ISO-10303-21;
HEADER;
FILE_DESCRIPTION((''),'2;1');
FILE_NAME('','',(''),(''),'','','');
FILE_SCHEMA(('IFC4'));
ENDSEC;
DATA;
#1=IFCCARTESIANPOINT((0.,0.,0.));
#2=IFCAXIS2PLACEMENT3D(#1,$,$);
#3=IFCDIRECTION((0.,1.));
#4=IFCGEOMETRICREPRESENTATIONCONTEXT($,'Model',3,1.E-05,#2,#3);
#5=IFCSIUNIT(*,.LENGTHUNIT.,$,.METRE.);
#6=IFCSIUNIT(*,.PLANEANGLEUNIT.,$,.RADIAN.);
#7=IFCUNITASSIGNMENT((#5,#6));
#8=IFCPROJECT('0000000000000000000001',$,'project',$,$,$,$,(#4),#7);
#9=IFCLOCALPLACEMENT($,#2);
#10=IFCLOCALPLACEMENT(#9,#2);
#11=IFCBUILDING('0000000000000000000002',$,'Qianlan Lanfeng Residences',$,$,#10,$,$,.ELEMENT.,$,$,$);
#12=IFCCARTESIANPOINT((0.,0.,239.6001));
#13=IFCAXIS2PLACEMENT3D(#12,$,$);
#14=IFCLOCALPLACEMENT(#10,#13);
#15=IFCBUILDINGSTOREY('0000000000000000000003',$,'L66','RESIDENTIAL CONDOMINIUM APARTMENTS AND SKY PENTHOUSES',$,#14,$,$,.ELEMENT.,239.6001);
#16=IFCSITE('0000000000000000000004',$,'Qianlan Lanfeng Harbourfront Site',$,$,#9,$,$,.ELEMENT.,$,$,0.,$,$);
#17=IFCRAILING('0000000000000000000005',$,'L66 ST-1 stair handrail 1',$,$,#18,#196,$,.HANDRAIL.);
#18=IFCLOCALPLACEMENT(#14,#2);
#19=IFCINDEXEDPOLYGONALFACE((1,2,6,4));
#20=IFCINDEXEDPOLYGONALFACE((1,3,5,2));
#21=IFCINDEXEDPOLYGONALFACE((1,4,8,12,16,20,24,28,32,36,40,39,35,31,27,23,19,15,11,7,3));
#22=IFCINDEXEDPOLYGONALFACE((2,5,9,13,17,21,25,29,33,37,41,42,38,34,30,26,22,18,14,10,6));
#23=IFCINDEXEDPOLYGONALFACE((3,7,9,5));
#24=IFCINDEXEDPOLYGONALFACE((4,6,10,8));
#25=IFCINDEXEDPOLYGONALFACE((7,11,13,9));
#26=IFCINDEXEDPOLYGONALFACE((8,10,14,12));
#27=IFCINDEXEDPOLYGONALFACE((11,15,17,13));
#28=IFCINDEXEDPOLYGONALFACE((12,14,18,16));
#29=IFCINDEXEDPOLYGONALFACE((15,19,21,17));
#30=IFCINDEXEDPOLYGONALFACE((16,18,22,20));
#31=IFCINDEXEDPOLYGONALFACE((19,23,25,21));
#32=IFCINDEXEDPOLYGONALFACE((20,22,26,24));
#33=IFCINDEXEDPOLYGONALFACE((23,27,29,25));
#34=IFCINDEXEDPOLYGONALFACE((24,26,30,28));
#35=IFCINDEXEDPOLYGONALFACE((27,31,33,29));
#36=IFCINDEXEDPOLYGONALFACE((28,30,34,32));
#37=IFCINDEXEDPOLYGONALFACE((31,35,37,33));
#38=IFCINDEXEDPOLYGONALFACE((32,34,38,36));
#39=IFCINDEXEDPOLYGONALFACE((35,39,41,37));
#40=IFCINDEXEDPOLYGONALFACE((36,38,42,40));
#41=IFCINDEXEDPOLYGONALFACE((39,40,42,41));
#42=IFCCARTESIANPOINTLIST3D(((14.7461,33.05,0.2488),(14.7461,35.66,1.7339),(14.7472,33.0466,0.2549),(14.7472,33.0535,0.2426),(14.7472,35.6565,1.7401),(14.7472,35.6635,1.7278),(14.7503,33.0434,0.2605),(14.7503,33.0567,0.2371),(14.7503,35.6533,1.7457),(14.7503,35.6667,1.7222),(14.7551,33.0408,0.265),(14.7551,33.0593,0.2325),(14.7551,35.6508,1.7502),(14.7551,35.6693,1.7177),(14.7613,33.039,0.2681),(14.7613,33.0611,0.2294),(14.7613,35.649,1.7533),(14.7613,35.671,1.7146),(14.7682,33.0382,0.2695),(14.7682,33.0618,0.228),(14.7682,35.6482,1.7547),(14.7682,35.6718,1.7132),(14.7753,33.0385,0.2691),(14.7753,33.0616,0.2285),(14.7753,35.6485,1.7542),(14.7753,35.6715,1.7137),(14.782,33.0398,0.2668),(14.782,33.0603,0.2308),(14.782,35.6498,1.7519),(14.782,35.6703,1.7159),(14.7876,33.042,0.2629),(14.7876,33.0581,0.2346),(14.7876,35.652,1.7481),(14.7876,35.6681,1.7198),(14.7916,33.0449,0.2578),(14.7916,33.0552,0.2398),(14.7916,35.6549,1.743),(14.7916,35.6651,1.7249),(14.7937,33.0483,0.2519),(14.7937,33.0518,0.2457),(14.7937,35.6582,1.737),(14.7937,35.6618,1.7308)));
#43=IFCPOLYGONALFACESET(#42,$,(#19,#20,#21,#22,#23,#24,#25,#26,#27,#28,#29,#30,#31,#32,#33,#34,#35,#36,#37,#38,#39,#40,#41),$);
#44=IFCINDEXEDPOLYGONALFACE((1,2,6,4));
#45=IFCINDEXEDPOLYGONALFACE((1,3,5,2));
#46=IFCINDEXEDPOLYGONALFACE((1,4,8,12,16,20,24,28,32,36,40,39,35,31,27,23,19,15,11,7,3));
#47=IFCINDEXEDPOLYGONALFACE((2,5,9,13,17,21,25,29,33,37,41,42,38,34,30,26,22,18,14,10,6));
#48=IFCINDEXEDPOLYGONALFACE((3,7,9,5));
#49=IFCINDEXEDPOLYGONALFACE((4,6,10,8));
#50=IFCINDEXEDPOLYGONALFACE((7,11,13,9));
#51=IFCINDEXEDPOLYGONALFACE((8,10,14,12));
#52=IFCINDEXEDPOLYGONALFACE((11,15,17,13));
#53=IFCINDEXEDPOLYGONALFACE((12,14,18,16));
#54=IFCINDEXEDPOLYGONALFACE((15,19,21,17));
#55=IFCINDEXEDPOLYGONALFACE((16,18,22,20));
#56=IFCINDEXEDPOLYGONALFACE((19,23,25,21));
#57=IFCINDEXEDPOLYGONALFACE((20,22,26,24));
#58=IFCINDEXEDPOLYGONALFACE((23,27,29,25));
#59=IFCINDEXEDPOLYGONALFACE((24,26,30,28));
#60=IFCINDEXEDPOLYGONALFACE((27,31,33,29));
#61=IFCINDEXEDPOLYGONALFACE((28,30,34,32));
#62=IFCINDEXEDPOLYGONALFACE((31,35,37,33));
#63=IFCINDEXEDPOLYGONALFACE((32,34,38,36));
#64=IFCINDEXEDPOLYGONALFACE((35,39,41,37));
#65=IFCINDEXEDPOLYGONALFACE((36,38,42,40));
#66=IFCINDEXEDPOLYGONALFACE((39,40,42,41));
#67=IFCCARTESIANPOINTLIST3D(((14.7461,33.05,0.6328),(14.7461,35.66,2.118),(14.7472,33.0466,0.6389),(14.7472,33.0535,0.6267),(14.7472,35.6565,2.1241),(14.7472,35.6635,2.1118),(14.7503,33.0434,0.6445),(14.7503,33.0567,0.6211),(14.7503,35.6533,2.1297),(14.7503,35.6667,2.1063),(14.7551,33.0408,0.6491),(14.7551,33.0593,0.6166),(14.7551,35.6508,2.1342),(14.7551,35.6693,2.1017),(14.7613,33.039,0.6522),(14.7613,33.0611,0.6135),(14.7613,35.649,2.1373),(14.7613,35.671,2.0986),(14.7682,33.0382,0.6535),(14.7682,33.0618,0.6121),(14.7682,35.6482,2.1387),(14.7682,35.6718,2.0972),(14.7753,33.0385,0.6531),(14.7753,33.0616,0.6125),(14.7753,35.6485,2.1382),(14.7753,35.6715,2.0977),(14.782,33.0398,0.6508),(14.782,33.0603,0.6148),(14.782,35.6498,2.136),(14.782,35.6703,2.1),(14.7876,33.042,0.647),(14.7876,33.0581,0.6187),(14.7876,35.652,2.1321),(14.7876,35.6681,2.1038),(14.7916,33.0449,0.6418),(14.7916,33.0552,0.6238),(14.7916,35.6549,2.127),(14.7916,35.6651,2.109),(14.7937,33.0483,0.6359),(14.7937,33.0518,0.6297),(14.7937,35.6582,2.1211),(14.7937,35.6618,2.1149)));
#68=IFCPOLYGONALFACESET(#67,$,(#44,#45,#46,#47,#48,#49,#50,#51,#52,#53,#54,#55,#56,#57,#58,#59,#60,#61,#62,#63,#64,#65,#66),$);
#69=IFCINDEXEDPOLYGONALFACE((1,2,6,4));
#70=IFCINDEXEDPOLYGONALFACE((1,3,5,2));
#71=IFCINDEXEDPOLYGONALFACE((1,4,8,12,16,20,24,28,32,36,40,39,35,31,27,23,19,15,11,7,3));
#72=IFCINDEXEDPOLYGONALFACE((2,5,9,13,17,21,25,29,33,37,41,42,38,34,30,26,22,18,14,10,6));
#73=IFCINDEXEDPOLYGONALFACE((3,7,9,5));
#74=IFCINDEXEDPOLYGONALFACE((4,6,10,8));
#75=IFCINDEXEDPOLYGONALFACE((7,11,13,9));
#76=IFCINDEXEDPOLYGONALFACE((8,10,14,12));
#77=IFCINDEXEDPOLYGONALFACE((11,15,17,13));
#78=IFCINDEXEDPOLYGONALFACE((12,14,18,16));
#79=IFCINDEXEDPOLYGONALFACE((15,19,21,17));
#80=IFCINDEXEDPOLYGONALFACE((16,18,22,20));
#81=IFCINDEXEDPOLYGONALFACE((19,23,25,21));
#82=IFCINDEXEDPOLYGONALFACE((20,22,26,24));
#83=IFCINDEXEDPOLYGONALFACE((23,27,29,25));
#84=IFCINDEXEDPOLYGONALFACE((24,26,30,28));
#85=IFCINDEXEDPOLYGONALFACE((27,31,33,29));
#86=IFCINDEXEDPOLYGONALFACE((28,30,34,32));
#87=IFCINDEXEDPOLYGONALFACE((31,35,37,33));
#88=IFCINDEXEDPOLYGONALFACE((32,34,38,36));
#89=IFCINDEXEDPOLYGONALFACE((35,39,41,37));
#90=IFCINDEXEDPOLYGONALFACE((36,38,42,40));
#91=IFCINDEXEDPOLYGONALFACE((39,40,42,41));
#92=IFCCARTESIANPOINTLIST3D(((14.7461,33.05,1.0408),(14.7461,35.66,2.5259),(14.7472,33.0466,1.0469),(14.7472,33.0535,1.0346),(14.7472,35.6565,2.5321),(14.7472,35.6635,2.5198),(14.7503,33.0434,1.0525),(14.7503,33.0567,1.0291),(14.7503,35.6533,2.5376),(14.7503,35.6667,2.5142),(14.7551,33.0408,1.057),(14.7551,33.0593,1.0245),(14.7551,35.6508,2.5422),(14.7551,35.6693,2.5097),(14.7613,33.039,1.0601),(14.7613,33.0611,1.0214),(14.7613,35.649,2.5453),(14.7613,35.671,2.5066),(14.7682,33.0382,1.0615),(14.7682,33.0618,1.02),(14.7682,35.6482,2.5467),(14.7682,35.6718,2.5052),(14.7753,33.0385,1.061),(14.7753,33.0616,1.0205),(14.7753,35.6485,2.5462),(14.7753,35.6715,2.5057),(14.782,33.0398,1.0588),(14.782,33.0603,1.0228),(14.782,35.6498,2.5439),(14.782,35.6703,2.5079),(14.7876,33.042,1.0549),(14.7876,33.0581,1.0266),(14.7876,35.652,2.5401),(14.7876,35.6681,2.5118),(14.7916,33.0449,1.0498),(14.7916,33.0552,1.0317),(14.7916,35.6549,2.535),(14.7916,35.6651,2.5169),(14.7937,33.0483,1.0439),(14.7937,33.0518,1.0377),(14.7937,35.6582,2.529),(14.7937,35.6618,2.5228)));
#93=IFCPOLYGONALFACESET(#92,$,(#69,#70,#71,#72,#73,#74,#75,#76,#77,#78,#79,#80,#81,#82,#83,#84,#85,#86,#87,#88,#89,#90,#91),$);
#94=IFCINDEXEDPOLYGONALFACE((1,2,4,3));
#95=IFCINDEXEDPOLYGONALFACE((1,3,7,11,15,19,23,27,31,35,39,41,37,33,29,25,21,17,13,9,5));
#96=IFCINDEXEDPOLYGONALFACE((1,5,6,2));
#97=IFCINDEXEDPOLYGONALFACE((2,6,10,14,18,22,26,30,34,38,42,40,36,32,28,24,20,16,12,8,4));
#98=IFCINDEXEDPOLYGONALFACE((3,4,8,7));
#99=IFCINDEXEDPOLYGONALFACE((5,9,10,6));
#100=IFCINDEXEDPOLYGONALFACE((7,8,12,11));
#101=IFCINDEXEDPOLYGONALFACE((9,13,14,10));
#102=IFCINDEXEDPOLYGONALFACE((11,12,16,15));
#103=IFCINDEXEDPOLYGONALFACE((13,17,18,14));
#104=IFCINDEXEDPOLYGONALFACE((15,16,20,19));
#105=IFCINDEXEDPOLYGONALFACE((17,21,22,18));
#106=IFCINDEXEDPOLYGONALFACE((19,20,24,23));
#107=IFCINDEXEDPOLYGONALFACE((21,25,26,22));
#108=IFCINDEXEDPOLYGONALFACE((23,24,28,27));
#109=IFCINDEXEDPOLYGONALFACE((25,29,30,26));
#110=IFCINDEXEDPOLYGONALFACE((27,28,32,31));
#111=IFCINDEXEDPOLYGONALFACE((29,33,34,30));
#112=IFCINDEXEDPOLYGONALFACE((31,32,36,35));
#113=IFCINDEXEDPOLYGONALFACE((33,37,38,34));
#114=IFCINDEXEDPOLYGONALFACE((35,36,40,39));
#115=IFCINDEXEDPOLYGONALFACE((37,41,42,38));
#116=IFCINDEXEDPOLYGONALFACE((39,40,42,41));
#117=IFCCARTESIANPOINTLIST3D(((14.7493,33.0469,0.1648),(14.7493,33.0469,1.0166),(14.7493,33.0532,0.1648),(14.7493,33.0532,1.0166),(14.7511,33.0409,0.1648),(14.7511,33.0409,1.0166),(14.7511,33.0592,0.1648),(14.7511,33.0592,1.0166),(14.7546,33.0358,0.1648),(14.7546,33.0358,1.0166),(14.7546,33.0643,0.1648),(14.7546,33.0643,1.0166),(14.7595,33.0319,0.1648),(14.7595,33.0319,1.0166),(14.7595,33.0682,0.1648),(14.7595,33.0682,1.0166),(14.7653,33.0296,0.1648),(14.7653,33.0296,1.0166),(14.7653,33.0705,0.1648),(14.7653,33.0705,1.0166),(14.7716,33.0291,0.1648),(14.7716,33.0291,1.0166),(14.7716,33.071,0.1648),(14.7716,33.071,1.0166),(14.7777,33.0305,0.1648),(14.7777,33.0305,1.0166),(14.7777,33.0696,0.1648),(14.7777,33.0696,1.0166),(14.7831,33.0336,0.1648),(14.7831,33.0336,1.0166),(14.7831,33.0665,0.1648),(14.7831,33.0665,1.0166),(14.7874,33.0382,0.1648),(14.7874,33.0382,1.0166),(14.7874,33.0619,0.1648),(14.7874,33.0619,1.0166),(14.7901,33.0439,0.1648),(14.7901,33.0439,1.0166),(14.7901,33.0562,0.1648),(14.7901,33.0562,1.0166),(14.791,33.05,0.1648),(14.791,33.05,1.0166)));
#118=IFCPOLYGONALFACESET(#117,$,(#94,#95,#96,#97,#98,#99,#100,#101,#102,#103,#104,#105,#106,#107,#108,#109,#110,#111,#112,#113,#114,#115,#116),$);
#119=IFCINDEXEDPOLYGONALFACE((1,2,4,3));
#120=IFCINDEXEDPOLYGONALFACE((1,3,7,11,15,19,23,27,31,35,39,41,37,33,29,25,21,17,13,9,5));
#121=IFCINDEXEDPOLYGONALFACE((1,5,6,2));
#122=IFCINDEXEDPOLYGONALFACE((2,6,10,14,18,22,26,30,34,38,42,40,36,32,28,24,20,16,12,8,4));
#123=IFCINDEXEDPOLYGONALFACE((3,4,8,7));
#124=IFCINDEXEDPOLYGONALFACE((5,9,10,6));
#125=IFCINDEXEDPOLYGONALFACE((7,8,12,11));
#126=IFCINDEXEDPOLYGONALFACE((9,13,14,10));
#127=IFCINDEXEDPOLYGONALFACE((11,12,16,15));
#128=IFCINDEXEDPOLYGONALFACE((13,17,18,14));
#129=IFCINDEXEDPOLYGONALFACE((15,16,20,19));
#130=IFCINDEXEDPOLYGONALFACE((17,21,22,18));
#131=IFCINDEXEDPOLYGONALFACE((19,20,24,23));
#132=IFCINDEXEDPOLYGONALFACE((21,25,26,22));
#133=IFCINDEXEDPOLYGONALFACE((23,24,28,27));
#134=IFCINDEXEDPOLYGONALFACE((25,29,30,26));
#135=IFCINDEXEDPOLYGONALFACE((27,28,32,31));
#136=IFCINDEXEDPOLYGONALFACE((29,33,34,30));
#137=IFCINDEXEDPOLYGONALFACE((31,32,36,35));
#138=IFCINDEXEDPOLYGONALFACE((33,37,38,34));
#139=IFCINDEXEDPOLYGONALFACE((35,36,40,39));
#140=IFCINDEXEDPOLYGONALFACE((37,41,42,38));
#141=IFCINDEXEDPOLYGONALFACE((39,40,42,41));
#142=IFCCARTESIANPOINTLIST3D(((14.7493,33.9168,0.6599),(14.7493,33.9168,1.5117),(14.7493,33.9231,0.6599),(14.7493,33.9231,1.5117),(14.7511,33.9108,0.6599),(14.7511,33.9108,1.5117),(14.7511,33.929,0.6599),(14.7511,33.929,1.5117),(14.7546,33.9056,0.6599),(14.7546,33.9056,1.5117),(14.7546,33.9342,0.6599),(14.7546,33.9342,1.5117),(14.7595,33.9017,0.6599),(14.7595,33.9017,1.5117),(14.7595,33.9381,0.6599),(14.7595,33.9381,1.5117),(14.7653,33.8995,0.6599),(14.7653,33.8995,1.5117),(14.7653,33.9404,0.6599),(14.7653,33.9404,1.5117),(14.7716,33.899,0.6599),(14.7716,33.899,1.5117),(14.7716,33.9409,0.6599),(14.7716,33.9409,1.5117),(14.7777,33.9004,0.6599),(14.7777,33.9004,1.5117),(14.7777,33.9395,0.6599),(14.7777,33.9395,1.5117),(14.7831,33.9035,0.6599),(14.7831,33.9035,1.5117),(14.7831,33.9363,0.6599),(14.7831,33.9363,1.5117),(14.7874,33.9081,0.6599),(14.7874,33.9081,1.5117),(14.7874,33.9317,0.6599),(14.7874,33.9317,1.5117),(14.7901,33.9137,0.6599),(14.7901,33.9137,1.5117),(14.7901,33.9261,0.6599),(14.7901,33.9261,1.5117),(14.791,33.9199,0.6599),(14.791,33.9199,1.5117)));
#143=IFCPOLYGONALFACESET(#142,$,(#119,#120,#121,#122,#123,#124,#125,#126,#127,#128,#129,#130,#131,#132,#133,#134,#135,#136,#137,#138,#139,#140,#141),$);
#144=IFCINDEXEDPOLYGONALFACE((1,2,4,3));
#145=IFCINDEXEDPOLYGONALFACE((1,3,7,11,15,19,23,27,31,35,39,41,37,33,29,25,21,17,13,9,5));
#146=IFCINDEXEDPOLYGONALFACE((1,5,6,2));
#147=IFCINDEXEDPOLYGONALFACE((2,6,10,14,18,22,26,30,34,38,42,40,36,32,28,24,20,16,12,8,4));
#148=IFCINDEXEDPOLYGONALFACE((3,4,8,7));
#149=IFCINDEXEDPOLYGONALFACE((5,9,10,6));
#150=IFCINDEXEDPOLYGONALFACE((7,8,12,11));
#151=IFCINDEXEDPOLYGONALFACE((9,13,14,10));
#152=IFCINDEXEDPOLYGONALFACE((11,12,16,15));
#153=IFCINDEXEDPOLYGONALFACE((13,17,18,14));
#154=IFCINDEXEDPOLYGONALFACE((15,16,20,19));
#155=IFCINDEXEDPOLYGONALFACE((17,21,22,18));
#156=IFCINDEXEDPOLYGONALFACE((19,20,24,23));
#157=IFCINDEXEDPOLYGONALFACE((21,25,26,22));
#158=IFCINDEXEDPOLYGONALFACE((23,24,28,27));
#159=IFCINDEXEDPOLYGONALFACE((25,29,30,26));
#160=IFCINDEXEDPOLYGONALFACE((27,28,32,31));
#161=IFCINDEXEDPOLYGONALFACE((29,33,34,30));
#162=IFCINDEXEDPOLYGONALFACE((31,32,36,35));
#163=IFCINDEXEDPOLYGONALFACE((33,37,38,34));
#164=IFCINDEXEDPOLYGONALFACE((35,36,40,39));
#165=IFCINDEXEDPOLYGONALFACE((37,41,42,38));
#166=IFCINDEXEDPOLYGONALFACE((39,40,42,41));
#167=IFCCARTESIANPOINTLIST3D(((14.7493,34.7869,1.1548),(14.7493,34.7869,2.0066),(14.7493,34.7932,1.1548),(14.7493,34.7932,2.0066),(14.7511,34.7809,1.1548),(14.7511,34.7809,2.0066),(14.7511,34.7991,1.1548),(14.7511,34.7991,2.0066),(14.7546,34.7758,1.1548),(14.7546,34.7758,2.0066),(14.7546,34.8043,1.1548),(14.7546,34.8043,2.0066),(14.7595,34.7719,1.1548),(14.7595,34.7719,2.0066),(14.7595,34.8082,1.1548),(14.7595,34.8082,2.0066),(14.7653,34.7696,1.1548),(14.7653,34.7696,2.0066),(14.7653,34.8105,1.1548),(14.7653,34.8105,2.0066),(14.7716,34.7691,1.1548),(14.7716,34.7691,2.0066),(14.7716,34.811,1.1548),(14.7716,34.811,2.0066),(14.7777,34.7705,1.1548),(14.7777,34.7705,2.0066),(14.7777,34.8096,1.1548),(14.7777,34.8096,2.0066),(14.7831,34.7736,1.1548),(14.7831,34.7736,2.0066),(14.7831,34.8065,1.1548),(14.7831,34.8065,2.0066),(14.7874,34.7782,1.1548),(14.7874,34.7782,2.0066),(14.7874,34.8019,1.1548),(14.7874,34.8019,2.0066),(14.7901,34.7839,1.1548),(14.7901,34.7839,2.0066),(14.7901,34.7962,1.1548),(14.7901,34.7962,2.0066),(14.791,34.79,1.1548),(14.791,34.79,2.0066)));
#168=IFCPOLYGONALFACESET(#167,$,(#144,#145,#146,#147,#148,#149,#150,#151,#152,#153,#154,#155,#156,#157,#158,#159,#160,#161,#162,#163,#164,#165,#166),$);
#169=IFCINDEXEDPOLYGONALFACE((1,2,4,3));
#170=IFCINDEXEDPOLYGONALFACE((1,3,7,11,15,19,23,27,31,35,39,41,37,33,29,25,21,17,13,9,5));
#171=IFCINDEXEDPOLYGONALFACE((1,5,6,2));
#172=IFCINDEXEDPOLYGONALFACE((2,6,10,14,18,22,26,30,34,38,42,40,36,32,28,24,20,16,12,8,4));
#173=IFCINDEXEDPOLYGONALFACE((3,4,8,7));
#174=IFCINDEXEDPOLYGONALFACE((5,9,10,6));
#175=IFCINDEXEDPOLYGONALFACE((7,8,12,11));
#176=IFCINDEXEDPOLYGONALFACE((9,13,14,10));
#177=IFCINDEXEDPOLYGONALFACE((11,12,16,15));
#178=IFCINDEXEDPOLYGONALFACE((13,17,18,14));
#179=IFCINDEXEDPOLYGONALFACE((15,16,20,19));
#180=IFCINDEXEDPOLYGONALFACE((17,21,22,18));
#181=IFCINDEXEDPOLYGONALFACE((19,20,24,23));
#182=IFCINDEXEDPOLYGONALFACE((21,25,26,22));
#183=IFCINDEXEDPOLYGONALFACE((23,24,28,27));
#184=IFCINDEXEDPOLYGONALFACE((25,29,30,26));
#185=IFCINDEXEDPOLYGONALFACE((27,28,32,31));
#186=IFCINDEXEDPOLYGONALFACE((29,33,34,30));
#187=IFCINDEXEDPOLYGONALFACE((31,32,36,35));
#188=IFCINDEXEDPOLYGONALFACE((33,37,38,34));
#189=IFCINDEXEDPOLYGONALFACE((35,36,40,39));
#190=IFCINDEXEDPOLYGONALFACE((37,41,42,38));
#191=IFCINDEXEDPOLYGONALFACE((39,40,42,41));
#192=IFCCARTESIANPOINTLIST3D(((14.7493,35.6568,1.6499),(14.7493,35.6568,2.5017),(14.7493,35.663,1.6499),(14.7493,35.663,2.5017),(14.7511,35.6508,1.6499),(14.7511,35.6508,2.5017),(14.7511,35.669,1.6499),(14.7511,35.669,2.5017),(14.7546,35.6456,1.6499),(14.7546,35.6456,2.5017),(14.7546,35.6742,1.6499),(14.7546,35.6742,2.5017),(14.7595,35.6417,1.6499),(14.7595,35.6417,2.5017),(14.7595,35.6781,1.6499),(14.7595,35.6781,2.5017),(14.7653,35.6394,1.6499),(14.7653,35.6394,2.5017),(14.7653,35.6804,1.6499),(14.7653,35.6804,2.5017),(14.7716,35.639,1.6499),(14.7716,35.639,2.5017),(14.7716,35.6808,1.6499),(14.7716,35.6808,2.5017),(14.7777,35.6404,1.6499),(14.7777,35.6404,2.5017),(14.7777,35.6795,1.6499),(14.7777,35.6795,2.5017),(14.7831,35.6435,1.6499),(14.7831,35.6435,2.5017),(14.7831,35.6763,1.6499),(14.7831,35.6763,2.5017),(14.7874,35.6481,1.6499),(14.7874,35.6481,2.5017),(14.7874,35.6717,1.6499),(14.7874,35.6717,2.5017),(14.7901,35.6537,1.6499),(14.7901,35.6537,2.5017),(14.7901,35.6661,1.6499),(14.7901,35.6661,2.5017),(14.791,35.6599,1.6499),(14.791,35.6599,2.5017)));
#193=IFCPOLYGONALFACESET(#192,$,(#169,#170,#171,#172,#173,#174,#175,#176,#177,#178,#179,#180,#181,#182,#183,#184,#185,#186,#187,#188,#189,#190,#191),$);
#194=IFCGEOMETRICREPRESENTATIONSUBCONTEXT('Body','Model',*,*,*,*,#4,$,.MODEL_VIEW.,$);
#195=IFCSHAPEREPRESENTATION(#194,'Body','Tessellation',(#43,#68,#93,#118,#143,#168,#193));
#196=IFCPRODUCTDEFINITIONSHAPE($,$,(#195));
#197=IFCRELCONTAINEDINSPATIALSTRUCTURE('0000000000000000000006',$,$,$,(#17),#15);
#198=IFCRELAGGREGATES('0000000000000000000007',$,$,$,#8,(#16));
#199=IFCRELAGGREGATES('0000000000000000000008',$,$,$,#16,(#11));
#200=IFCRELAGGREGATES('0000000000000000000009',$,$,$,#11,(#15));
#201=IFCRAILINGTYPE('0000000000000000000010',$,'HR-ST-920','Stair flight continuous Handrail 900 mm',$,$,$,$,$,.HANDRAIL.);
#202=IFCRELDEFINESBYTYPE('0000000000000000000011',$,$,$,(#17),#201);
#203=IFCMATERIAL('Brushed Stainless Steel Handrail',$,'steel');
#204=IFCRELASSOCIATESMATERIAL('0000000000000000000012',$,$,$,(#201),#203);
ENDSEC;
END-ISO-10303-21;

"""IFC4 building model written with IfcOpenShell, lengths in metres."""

from ifc_helpers import new_model, si_unit, direction, frame, origin, origin_2d, place, context, subcontext, project, spatial, circle, extrude, material, type_object, element, save


model = new_model("IFC4")

# Units and contexts
model_context = context("Model", 3, precision=1e-05, world=origin(), true_north=direction((0.0, 1.0)))
body_context = subcontext(model_context, "Body", "Model", "MODEL_VIEW")
ifc_project = project(units=[si_unit("LENGTHUNIT", "METRE"), si_unit("PLANEANGLEUNIT", "RADIAN")], contexts=[model_context])

# Site, building, storey
site_placement = place(None, origin())
site = spatial("IfcSite", under=ifc_project, at=site_placement, Name="Qianlan Lanfeng Harbourfront Site", CompositionType="ELEMENT", RefElevation=0.0)
building_placement = place(site_placement, origin())
building = spatial("IfcBuilding", under=site, at=building_placement, Name="Qianlan Lanfeng Residences", CompositionType="ELEMENT")
storey_placement = place(building_placement, frame((0.0, 0.0, 239.6001)))
storey = spatial("IfcBuildingStorey", under=building, at=storey_placement, Name="L66", Description="RESIDENTIAL CONDOMINIUM APARTMENTS AND SKY PENTHOUSES", CompositionType="ELEMENT", Elevation=239.6001)

# Railing
ifc_material_1 = material(Name="Brushed Stainless Steel Handrail", Category="steel")
railing_type_1 = type_object("IfcRailingType", Name="HR-ST-920", Description="Stair flight continuous Handrail 900 mm", PredefinedType="HANDRAIL", material=ifc_material_1)
railing_1_placement = place(storey_placement, frame((14.77, 33.05, 0.1648)))
element("IfcRailing", 1, at=railing_1_placement, inside=storey, type_object=railing_type_1, Name="L66 ST-1 stair handrail 1", PredefinedType="HANDRAIL", context=body_context, shape_type="SweptSolid", body=[
    extrude(circle(Radius=0.0239, at=origin_2d()), frame((0.0, 0.0, 0.084), z_axis=(0.0, 0.869137, 0.494571), x_axis=(-1.0, 0.0, 0.0)), (0.0, 0.0, 1.0), 3.0029),
    extrude(circle(Radius=0.0239, at=origin_2d()), frame((0.0, 0.0, 0.468), z_axis=(0.0, 0.869137, 0.494571), x_axis=(-1.0, 0.0, 0.0)), (0.0, 0.0, 1.0), 3.0029),
    extrude(circle(Radius=0.0239, at=origin_2d()), frame((0.0, 0.0, 0.876), z_axis=(0.0, 0.869137, 0.494571), x_axis=(-1.0, 0.0, 0.0)), (0.0, 0.0, 1.0), 3.0029),
    extrude(circle(Radius=0.021, at=origin_2d()), origin(), (0.0, 0.0, 1.0), 0.8518),
    extrude(circle(Radius=0.021, at=origin_2d()), frame((0.0, 0.8699, 0.4951)), (0.0, 0.0, 1.0), 0.8518),
    extrude(circle(Radius=0.021, at=origin_2d()), frame((0.0, 1.74, 0.99)), (0.0, 0.0, 1.0), 0.8518),
    extrude(circle(Radius=0.021, at=origin_2d()), frame((0.0, 2.6099, 1.4851)), (0.0, 0.0, 1.0), 0.8518),
])

save(model, "model.ifc")
